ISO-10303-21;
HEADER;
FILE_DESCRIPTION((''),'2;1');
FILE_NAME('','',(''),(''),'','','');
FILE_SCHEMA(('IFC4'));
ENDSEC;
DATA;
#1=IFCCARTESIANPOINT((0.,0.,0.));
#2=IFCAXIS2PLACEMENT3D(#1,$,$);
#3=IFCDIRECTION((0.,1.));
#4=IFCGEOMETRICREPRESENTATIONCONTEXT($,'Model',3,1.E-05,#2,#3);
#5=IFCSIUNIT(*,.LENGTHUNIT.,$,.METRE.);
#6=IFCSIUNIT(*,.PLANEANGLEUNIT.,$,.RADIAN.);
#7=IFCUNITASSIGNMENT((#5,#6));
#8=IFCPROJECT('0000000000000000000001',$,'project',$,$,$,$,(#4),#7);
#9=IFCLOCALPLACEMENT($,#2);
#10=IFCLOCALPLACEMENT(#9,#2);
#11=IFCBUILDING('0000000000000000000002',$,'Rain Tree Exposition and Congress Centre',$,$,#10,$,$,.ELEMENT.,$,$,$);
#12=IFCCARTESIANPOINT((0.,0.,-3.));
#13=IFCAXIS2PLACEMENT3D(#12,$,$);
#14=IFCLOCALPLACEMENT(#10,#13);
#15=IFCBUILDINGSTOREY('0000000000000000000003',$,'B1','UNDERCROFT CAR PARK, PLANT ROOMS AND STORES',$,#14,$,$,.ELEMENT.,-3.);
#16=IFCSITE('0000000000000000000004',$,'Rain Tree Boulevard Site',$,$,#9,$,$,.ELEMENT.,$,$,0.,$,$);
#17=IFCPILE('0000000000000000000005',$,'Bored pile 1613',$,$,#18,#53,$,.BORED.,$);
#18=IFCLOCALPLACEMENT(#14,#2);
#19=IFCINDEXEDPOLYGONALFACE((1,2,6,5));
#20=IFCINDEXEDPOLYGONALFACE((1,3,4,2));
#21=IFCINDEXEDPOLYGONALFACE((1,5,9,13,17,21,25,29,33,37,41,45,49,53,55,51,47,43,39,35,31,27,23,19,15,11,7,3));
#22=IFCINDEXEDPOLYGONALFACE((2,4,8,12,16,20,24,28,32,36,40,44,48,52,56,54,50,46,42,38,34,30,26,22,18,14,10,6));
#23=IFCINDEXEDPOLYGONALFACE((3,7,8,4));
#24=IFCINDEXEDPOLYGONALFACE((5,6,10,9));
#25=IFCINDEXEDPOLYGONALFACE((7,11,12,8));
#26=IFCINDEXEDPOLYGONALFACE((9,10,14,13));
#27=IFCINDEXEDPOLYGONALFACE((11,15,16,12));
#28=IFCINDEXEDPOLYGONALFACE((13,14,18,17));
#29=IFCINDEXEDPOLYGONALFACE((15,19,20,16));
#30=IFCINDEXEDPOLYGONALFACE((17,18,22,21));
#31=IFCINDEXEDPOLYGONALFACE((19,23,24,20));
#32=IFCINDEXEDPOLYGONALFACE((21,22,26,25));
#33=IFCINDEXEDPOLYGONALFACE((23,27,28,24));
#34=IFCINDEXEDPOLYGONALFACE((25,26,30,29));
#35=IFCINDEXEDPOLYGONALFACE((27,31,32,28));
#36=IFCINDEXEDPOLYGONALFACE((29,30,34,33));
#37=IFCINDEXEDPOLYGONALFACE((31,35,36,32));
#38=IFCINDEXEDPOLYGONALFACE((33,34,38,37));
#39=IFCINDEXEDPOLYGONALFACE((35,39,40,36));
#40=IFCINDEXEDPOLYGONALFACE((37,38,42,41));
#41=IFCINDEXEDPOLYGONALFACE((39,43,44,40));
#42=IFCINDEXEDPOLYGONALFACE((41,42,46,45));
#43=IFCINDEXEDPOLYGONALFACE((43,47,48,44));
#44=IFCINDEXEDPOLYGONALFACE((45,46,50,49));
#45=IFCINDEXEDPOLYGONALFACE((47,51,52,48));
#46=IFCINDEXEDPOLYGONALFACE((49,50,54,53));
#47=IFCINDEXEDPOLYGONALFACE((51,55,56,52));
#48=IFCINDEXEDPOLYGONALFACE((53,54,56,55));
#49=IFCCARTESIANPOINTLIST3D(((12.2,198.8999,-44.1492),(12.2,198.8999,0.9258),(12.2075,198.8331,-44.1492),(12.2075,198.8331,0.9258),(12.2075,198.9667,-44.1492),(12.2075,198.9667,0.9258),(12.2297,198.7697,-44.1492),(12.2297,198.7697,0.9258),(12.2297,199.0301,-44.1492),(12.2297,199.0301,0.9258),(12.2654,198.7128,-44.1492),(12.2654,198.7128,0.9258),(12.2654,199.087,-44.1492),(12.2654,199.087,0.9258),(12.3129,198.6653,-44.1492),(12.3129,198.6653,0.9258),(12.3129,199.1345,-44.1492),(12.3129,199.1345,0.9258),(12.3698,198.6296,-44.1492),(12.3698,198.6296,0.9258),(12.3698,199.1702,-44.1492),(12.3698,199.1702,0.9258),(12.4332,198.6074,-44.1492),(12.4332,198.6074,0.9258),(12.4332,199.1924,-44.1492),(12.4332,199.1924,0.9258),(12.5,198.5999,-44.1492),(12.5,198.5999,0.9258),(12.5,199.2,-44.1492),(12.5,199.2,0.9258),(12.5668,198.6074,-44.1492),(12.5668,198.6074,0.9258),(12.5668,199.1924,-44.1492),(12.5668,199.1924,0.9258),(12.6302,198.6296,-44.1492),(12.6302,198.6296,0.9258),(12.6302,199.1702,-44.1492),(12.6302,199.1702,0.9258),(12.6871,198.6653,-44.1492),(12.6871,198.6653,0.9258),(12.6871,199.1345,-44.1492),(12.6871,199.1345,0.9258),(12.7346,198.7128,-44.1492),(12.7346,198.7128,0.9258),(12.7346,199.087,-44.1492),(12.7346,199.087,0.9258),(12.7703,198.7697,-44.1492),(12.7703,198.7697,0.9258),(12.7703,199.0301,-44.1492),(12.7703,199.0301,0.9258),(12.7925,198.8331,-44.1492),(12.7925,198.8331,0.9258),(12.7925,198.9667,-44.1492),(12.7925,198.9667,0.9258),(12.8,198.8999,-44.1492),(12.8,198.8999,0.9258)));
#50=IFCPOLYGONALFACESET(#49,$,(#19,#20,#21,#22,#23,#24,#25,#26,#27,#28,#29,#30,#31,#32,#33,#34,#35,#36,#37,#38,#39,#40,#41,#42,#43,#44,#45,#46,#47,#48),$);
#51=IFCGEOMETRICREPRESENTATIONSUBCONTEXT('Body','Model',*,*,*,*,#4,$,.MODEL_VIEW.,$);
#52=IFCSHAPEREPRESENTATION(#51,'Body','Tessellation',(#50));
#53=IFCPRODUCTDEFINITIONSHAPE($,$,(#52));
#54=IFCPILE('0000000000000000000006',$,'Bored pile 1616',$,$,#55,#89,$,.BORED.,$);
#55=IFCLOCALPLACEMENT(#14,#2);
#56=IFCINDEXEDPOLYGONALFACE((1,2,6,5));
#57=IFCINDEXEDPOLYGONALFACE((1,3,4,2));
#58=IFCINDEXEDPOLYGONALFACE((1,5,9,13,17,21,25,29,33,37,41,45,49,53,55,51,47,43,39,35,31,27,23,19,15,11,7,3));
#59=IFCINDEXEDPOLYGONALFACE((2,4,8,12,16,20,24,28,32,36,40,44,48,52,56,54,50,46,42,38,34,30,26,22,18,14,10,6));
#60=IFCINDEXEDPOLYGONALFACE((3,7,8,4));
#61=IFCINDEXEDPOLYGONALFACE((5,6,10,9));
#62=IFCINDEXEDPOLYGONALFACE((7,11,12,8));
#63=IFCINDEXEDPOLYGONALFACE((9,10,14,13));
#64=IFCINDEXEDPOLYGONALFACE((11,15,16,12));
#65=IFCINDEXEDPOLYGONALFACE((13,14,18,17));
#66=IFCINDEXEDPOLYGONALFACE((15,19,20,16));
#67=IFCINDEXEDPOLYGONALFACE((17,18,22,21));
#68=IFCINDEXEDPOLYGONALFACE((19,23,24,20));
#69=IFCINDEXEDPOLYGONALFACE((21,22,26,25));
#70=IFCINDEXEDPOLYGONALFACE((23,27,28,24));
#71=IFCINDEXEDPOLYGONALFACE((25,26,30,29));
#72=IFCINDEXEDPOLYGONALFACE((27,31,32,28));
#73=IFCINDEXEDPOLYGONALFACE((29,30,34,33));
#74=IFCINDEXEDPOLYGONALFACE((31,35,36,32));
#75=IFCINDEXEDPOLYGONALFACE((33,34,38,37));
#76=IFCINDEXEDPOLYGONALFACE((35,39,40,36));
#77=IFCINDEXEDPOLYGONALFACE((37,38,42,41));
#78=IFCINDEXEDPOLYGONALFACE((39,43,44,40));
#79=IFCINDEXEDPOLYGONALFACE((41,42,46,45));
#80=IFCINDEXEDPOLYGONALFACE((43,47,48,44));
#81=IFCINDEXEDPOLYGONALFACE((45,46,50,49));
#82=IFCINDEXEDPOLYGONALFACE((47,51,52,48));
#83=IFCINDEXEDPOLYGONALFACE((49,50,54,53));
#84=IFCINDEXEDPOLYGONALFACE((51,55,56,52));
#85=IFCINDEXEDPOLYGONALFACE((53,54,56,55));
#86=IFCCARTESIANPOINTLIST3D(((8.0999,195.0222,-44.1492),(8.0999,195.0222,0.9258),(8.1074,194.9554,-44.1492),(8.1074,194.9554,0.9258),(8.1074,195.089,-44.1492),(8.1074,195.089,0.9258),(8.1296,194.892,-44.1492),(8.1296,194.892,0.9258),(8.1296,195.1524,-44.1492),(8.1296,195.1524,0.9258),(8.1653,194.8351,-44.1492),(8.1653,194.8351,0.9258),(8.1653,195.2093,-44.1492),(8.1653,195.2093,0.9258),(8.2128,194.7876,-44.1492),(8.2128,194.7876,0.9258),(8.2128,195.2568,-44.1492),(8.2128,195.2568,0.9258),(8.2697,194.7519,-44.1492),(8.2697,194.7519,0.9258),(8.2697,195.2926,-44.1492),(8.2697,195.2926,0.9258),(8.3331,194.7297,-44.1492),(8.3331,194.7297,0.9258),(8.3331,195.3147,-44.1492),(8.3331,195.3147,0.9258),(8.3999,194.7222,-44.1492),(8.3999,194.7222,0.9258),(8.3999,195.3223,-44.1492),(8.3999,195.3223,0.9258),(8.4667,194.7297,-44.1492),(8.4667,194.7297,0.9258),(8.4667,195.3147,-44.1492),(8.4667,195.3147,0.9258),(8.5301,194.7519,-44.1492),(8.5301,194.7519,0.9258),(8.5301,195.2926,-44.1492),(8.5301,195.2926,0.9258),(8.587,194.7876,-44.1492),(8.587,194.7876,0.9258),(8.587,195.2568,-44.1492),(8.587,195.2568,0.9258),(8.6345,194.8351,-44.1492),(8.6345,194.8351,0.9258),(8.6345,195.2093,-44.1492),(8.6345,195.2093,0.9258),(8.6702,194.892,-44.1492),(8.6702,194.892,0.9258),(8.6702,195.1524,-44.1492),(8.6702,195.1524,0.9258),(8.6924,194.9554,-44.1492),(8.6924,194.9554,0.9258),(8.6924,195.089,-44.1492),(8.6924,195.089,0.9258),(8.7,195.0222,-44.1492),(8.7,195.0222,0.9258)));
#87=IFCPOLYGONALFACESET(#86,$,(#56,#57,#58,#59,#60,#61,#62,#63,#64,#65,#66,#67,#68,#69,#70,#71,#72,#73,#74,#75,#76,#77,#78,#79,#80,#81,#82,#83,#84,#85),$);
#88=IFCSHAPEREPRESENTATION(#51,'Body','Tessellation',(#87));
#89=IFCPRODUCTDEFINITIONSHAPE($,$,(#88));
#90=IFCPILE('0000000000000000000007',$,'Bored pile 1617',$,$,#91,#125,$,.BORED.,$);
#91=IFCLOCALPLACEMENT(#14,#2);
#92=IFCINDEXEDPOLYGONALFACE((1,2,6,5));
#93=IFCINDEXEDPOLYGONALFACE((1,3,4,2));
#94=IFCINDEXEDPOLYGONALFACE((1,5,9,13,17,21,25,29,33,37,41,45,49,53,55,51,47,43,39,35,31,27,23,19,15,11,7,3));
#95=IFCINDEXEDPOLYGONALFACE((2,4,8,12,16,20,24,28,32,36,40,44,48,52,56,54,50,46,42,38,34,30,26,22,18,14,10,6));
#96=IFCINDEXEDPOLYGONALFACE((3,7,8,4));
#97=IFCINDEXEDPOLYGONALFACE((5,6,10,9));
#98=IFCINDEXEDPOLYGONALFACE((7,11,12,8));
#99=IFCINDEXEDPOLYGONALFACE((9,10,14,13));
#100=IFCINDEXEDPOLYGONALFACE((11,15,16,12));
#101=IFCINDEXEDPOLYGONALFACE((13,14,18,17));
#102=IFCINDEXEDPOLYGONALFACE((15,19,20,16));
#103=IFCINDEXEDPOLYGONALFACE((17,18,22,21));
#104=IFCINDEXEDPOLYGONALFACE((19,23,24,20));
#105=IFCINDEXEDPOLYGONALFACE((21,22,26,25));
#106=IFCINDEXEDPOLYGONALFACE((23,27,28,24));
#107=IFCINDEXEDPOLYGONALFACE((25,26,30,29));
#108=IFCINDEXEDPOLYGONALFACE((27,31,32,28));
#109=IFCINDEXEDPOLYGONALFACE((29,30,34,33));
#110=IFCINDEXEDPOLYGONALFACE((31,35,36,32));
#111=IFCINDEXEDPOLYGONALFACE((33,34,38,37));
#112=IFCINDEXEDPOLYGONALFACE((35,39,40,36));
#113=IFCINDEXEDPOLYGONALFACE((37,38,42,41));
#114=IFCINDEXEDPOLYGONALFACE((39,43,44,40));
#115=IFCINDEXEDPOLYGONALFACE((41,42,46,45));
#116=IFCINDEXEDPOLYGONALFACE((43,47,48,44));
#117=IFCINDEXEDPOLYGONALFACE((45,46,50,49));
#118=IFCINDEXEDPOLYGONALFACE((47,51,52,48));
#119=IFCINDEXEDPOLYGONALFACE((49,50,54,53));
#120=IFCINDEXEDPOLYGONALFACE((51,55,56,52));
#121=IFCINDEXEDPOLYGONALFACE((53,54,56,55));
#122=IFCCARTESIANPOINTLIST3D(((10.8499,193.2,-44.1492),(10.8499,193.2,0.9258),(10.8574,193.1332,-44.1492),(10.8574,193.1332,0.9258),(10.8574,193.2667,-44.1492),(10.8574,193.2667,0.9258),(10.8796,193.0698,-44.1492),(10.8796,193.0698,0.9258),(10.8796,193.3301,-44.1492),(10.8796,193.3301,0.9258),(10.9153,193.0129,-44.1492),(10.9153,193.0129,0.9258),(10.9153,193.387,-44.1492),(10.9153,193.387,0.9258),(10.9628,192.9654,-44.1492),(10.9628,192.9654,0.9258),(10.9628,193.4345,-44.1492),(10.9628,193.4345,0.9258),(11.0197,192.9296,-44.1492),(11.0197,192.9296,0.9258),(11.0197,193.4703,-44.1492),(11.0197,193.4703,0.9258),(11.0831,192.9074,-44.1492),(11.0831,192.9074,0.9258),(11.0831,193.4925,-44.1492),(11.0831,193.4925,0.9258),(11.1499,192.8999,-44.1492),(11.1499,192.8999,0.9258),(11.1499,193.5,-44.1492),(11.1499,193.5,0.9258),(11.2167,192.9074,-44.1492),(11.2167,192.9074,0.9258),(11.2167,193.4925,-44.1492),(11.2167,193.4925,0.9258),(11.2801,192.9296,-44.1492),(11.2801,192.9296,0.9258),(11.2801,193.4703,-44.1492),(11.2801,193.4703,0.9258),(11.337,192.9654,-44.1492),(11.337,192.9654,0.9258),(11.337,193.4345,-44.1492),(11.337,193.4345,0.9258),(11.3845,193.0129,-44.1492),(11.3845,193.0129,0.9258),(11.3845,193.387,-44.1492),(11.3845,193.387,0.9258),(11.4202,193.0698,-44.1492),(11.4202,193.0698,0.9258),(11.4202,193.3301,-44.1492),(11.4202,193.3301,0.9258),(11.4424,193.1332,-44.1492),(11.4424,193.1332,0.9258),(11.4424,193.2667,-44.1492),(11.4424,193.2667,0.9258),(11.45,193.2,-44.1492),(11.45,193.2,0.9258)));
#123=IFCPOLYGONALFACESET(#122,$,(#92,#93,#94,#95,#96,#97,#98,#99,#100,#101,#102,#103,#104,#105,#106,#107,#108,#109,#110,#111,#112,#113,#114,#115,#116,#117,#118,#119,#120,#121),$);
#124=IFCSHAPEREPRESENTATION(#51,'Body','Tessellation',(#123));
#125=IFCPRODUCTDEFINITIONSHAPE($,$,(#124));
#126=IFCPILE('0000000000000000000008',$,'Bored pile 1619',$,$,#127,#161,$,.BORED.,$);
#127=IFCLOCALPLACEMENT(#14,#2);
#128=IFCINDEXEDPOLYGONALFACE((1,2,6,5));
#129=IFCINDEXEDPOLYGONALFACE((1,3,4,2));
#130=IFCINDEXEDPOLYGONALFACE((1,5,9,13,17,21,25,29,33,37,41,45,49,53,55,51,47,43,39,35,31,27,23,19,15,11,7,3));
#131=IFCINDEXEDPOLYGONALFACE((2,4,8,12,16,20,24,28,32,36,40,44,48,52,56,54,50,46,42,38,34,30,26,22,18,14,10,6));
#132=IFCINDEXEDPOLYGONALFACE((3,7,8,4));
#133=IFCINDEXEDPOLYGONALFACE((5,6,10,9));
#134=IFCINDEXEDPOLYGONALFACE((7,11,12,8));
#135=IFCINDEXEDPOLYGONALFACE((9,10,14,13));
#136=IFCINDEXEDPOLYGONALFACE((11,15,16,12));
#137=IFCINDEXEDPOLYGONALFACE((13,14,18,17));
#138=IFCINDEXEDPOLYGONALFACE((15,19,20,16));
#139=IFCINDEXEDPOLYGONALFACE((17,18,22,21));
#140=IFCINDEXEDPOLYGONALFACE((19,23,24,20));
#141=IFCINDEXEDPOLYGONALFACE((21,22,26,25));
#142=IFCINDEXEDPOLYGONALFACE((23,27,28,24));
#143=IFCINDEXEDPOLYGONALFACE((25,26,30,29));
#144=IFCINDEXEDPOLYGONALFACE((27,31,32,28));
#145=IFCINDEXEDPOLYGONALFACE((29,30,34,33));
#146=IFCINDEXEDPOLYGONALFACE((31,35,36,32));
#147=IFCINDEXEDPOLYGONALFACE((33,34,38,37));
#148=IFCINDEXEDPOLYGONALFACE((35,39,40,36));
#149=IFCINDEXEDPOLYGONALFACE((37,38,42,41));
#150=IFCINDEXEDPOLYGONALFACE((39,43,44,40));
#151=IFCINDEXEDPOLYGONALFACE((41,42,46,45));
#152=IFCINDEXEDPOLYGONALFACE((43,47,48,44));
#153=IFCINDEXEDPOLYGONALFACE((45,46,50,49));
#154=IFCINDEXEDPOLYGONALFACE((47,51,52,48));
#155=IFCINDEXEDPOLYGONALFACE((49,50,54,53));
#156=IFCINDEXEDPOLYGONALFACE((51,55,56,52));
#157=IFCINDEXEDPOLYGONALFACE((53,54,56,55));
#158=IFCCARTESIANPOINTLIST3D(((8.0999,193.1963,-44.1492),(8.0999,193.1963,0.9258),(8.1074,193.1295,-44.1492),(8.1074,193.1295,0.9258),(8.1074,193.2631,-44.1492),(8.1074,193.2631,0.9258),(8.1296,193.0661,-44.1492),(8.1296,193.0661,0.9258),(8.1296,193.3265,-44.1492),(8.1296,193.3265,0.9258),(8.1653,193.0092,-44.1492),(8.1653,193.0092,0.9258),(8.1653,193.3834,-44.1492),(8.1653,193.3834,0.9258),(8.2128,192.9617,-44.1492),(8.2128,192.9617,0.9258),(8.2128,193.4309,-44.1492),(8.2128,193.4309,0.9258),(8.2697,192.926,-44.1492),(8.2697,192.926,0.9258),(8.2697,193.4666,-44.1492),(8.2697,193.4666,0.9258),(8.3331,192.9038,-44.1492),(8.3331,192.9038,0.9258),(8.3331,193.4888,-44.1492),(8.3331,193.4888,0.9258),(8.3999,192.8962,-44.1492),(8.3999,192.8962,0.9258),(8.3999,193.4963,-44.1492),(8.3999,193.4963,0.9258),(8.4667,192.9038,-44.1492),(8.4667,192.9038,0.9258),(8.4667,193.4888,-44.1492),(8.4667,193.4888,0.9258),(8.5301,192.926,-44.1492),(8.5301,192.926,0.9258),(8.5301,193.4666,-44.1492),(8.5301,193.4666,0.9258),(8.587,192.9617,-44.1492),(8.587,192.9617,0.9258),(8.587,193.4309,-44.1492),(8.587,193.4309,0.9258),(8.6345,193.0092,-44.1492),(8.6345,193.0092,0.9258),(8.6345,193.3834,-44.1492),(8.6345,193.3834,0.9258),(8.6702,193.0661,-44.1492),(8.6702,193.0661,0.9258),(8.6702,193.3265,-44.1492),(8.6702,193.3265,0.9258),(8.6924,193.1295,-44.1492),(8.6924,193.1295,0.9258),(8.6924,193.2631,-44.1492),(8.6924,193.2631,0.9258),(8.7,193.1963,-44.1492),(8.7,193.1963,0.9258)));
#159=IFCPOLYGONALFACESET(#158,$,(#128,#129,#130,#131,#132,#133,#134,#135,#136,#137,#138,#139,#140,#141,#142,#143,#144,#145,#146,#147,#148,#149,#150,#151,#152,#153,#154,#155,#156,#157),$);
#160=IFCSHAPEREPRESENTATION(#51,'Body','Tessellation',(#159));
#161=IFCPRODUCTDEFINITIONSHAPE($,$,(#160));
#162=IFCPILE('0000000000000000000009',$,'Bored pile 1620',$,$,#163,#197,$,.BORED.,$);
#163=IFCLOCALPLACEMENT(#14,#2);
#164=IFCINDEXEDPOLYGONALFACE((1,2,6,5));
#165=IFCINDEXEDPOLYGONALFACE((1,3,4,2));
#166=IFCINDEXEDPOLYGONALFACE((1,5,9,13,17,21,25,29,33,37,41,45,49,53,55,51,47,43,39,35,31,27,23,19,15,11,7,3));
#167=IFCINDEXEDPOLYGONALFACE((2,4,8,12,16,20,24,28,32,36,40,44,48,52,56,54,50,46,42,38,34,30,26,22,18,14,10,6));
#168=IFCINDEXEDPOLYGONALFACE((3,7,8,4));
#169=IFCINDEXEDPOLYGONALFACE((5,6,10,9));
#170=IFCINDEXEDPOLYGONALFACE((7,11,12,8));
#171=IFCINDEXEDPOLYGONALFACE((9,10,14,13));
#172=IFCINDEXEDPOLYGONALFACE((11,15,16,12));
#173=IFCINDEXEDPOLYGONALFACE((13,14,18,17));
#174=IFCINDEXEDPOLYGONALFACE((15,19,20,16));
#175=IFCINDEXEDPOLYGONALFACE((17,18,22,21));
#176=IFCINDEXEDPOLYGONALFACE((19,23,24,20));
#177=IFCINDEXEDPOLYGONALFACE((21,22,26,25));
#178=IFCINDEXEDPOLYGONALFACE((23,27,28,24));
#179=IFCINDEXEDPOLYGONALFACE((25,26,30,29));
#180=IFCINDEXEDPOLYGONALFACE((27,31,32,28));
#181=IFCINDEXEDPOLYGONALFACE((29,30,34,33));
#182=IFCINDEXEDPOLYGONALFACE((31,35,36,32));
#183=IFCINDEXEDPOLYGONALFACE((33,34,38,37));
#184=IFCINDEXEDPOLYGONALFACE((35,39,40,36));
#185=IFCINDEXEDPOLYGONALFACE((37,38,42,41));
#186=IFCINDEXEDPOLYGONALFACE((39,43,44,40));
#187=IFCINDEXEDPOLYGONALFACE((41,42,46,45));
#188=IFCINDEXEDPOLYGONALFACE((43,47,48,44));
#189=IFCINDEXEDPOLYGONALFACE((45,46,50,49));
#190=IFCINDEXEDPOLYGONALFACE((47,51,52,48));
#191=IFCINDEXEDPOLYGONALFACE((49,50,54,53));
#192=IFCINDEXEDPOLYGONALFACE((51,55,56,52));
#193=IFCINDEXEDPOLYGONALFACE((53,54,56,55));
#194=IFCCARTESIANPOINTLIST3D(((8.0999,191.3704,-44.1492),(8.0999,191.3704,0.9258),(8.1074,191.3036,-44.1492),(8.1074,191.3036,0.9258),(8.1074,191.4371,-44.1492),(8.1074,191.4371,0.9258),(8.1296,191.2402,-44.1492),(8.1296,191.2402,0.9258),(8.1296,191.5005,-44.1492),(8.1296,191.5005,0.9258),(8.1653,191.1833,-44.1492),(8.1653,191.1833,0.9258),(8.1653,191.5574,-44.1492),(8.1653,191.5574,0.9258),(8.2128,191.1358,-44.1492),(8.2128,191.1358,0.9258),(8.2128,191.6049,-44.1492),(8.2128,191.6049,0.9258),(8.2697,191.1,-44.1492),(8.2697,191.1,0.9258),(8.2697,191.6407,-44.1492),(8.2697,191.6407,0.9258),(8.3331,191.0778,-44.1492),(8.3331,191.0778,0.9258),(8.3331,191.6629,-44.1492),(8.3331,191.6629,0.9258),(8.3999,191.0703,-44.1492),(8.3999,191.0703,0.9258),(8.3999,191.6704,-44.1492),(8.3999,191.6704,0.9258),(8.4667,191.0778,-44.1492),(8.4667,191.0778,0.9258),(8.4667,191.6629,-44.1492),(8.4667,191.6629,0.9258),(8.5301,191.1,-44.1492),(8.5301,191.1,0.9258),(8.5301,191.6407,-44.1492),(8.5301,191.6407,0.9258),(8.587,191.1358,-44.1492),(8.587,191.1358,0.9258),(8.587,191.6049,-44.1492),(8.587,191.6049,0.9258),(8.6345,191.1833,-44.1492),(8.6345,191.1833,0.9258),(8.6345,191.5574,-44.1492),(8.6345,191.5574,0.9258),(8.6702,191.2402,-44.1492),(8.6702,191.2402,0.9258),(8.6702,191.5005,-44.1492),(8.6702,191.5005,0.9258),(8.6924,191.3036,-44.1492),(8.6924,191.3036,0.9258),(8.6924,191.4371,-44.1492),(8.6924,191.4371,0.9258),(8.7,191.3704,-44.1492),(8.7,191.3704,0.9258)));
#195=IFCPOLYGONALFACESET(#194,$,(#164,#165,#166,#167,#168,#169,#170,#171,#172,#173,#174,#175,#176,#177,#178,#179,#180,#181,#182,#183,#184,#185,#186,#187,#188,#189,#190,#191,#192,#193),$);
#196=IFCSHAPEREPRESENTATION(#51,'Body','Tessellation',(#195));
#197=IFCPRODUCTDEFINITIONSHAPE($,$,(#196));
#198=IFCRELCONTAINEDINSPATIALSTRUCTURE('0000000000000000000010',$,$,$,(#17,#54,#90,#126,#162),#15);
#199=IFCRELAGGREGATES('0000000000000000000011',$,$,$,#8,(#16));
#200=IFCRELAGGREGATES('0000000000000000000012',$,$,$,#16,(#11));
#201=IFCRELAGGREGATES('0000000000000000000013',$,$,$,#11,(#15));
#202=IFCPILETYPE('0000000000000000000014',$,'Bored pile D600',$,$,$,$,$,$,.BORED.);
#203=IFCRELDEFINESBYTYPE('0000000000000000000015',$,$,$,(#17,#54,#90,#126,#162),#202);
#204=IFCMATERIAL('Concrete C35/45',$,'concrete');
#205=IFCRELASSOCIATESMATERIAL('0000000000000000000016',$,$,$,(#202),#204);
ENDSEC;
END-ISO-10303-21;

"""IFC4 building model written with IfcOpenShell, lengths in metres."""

from ifc_helpers import new_model, si_unit, direction, frame, origin, origin_2d, place, context, subcontext, project, spatial, circle, extrude, material, material_profile, profile_set, type_object, element, save


model = new_model("IFC4")

# Units and contexts
model_context = context("Model", 3, precision=1e-05, world=origin(), true_north=direction((0.0, 1.0)))
body_context = subcontext(model_context, "Body", "Model", "MODEL_VIEW")
ifc_project = project(units=[si_unit("LENGTHUNIT", "METRE"), si_unit("PLANEANGLEUNIT", "RADIAN")], contexts=[model_context])

# Site, building, storey
site_placement = place(None, origin())
site = spatial("IfcSite", under=ifc_project, at=site_placement, Name="Rain Tree Boulevard Site", CompositionType="ELEMENT", RefElevation=0.0)
building_placement = place(site_placement, origin())
building = spatial("IfcBuilding", under=site, at=building_placement, Name="Rain Tree Exposition and Congress Centre", CompositionType="ELEMENT")
storey_placement = place(building_placement, frame((0.0, 0.0, -3.0)))
storey = spatial("IfcBuildingStorey", under=building, at=storey_placement, Name="B1", Description="UNDERCROFT CAR PARK, PLANT ROOMS AND STORES", CompositionType="ELEMENT", Elevation=-3.0)

# Piles
ifc_material_1 = material(Name="Concrete C35/45", Category="concrete")
ifc_material_profile_1 = material_profile(ifc_material_1, circle(Radius=0.3, at=origin_2d()), Name="D600")
ifc_profile_set_1 = profile_set([ifc_material_profile_1], Name="Concrete C35/45")
pile_type_1 = type_object("IfcPileType", Name="Bored pile D600", PredefinedType="BORED", material=ifc_profile_set_1)
for number, where, z_axis, x_axis, name in (
    (1, (12.5, 198.8999, 0.9258), (0.0, 0.0, -1.0), (1.0, 0.0, 0.0), "Bored pile 1613"),
    (2, (8.3999, 195.0222, 0.9258), (0.0, 0.0, -1.0), (1.0, 0.0, 0.0), "Bored pile 1616"),
    (3, (11.1499, 193.2, 0.9258), (0.0, 0.0, -1.0), (1.0, 0.0, 0.0), "Bored pile 1617"),
    (4, (8.3999, 193.1963, 0.9258), (0.0, 0.0, -1.0), (1.0, 0.0, 0.0), "Bored pile 1619"),
    (5, (8.3999, 191.3704, 0.9258), (0.0, 0.0, -1.0), (1.0, 0.0, 0.0), "Bored pile 1620"),
):
    element("IfcPile", number, at=place(storey_placement, frame(where, z_axis=z_axis, x_axis=x_axis)), inside=storey, type_object=pile_type_1, Name=name, PredefinedType="BORED", context=body_context, shape_type="SweptSolid", body=[
        extrude(circle(Radius=0.3, at=origin_2d()), origin(), (0.0, 0.0, 1.0), 45.075),
    ])

save(model, "model.ifc")
